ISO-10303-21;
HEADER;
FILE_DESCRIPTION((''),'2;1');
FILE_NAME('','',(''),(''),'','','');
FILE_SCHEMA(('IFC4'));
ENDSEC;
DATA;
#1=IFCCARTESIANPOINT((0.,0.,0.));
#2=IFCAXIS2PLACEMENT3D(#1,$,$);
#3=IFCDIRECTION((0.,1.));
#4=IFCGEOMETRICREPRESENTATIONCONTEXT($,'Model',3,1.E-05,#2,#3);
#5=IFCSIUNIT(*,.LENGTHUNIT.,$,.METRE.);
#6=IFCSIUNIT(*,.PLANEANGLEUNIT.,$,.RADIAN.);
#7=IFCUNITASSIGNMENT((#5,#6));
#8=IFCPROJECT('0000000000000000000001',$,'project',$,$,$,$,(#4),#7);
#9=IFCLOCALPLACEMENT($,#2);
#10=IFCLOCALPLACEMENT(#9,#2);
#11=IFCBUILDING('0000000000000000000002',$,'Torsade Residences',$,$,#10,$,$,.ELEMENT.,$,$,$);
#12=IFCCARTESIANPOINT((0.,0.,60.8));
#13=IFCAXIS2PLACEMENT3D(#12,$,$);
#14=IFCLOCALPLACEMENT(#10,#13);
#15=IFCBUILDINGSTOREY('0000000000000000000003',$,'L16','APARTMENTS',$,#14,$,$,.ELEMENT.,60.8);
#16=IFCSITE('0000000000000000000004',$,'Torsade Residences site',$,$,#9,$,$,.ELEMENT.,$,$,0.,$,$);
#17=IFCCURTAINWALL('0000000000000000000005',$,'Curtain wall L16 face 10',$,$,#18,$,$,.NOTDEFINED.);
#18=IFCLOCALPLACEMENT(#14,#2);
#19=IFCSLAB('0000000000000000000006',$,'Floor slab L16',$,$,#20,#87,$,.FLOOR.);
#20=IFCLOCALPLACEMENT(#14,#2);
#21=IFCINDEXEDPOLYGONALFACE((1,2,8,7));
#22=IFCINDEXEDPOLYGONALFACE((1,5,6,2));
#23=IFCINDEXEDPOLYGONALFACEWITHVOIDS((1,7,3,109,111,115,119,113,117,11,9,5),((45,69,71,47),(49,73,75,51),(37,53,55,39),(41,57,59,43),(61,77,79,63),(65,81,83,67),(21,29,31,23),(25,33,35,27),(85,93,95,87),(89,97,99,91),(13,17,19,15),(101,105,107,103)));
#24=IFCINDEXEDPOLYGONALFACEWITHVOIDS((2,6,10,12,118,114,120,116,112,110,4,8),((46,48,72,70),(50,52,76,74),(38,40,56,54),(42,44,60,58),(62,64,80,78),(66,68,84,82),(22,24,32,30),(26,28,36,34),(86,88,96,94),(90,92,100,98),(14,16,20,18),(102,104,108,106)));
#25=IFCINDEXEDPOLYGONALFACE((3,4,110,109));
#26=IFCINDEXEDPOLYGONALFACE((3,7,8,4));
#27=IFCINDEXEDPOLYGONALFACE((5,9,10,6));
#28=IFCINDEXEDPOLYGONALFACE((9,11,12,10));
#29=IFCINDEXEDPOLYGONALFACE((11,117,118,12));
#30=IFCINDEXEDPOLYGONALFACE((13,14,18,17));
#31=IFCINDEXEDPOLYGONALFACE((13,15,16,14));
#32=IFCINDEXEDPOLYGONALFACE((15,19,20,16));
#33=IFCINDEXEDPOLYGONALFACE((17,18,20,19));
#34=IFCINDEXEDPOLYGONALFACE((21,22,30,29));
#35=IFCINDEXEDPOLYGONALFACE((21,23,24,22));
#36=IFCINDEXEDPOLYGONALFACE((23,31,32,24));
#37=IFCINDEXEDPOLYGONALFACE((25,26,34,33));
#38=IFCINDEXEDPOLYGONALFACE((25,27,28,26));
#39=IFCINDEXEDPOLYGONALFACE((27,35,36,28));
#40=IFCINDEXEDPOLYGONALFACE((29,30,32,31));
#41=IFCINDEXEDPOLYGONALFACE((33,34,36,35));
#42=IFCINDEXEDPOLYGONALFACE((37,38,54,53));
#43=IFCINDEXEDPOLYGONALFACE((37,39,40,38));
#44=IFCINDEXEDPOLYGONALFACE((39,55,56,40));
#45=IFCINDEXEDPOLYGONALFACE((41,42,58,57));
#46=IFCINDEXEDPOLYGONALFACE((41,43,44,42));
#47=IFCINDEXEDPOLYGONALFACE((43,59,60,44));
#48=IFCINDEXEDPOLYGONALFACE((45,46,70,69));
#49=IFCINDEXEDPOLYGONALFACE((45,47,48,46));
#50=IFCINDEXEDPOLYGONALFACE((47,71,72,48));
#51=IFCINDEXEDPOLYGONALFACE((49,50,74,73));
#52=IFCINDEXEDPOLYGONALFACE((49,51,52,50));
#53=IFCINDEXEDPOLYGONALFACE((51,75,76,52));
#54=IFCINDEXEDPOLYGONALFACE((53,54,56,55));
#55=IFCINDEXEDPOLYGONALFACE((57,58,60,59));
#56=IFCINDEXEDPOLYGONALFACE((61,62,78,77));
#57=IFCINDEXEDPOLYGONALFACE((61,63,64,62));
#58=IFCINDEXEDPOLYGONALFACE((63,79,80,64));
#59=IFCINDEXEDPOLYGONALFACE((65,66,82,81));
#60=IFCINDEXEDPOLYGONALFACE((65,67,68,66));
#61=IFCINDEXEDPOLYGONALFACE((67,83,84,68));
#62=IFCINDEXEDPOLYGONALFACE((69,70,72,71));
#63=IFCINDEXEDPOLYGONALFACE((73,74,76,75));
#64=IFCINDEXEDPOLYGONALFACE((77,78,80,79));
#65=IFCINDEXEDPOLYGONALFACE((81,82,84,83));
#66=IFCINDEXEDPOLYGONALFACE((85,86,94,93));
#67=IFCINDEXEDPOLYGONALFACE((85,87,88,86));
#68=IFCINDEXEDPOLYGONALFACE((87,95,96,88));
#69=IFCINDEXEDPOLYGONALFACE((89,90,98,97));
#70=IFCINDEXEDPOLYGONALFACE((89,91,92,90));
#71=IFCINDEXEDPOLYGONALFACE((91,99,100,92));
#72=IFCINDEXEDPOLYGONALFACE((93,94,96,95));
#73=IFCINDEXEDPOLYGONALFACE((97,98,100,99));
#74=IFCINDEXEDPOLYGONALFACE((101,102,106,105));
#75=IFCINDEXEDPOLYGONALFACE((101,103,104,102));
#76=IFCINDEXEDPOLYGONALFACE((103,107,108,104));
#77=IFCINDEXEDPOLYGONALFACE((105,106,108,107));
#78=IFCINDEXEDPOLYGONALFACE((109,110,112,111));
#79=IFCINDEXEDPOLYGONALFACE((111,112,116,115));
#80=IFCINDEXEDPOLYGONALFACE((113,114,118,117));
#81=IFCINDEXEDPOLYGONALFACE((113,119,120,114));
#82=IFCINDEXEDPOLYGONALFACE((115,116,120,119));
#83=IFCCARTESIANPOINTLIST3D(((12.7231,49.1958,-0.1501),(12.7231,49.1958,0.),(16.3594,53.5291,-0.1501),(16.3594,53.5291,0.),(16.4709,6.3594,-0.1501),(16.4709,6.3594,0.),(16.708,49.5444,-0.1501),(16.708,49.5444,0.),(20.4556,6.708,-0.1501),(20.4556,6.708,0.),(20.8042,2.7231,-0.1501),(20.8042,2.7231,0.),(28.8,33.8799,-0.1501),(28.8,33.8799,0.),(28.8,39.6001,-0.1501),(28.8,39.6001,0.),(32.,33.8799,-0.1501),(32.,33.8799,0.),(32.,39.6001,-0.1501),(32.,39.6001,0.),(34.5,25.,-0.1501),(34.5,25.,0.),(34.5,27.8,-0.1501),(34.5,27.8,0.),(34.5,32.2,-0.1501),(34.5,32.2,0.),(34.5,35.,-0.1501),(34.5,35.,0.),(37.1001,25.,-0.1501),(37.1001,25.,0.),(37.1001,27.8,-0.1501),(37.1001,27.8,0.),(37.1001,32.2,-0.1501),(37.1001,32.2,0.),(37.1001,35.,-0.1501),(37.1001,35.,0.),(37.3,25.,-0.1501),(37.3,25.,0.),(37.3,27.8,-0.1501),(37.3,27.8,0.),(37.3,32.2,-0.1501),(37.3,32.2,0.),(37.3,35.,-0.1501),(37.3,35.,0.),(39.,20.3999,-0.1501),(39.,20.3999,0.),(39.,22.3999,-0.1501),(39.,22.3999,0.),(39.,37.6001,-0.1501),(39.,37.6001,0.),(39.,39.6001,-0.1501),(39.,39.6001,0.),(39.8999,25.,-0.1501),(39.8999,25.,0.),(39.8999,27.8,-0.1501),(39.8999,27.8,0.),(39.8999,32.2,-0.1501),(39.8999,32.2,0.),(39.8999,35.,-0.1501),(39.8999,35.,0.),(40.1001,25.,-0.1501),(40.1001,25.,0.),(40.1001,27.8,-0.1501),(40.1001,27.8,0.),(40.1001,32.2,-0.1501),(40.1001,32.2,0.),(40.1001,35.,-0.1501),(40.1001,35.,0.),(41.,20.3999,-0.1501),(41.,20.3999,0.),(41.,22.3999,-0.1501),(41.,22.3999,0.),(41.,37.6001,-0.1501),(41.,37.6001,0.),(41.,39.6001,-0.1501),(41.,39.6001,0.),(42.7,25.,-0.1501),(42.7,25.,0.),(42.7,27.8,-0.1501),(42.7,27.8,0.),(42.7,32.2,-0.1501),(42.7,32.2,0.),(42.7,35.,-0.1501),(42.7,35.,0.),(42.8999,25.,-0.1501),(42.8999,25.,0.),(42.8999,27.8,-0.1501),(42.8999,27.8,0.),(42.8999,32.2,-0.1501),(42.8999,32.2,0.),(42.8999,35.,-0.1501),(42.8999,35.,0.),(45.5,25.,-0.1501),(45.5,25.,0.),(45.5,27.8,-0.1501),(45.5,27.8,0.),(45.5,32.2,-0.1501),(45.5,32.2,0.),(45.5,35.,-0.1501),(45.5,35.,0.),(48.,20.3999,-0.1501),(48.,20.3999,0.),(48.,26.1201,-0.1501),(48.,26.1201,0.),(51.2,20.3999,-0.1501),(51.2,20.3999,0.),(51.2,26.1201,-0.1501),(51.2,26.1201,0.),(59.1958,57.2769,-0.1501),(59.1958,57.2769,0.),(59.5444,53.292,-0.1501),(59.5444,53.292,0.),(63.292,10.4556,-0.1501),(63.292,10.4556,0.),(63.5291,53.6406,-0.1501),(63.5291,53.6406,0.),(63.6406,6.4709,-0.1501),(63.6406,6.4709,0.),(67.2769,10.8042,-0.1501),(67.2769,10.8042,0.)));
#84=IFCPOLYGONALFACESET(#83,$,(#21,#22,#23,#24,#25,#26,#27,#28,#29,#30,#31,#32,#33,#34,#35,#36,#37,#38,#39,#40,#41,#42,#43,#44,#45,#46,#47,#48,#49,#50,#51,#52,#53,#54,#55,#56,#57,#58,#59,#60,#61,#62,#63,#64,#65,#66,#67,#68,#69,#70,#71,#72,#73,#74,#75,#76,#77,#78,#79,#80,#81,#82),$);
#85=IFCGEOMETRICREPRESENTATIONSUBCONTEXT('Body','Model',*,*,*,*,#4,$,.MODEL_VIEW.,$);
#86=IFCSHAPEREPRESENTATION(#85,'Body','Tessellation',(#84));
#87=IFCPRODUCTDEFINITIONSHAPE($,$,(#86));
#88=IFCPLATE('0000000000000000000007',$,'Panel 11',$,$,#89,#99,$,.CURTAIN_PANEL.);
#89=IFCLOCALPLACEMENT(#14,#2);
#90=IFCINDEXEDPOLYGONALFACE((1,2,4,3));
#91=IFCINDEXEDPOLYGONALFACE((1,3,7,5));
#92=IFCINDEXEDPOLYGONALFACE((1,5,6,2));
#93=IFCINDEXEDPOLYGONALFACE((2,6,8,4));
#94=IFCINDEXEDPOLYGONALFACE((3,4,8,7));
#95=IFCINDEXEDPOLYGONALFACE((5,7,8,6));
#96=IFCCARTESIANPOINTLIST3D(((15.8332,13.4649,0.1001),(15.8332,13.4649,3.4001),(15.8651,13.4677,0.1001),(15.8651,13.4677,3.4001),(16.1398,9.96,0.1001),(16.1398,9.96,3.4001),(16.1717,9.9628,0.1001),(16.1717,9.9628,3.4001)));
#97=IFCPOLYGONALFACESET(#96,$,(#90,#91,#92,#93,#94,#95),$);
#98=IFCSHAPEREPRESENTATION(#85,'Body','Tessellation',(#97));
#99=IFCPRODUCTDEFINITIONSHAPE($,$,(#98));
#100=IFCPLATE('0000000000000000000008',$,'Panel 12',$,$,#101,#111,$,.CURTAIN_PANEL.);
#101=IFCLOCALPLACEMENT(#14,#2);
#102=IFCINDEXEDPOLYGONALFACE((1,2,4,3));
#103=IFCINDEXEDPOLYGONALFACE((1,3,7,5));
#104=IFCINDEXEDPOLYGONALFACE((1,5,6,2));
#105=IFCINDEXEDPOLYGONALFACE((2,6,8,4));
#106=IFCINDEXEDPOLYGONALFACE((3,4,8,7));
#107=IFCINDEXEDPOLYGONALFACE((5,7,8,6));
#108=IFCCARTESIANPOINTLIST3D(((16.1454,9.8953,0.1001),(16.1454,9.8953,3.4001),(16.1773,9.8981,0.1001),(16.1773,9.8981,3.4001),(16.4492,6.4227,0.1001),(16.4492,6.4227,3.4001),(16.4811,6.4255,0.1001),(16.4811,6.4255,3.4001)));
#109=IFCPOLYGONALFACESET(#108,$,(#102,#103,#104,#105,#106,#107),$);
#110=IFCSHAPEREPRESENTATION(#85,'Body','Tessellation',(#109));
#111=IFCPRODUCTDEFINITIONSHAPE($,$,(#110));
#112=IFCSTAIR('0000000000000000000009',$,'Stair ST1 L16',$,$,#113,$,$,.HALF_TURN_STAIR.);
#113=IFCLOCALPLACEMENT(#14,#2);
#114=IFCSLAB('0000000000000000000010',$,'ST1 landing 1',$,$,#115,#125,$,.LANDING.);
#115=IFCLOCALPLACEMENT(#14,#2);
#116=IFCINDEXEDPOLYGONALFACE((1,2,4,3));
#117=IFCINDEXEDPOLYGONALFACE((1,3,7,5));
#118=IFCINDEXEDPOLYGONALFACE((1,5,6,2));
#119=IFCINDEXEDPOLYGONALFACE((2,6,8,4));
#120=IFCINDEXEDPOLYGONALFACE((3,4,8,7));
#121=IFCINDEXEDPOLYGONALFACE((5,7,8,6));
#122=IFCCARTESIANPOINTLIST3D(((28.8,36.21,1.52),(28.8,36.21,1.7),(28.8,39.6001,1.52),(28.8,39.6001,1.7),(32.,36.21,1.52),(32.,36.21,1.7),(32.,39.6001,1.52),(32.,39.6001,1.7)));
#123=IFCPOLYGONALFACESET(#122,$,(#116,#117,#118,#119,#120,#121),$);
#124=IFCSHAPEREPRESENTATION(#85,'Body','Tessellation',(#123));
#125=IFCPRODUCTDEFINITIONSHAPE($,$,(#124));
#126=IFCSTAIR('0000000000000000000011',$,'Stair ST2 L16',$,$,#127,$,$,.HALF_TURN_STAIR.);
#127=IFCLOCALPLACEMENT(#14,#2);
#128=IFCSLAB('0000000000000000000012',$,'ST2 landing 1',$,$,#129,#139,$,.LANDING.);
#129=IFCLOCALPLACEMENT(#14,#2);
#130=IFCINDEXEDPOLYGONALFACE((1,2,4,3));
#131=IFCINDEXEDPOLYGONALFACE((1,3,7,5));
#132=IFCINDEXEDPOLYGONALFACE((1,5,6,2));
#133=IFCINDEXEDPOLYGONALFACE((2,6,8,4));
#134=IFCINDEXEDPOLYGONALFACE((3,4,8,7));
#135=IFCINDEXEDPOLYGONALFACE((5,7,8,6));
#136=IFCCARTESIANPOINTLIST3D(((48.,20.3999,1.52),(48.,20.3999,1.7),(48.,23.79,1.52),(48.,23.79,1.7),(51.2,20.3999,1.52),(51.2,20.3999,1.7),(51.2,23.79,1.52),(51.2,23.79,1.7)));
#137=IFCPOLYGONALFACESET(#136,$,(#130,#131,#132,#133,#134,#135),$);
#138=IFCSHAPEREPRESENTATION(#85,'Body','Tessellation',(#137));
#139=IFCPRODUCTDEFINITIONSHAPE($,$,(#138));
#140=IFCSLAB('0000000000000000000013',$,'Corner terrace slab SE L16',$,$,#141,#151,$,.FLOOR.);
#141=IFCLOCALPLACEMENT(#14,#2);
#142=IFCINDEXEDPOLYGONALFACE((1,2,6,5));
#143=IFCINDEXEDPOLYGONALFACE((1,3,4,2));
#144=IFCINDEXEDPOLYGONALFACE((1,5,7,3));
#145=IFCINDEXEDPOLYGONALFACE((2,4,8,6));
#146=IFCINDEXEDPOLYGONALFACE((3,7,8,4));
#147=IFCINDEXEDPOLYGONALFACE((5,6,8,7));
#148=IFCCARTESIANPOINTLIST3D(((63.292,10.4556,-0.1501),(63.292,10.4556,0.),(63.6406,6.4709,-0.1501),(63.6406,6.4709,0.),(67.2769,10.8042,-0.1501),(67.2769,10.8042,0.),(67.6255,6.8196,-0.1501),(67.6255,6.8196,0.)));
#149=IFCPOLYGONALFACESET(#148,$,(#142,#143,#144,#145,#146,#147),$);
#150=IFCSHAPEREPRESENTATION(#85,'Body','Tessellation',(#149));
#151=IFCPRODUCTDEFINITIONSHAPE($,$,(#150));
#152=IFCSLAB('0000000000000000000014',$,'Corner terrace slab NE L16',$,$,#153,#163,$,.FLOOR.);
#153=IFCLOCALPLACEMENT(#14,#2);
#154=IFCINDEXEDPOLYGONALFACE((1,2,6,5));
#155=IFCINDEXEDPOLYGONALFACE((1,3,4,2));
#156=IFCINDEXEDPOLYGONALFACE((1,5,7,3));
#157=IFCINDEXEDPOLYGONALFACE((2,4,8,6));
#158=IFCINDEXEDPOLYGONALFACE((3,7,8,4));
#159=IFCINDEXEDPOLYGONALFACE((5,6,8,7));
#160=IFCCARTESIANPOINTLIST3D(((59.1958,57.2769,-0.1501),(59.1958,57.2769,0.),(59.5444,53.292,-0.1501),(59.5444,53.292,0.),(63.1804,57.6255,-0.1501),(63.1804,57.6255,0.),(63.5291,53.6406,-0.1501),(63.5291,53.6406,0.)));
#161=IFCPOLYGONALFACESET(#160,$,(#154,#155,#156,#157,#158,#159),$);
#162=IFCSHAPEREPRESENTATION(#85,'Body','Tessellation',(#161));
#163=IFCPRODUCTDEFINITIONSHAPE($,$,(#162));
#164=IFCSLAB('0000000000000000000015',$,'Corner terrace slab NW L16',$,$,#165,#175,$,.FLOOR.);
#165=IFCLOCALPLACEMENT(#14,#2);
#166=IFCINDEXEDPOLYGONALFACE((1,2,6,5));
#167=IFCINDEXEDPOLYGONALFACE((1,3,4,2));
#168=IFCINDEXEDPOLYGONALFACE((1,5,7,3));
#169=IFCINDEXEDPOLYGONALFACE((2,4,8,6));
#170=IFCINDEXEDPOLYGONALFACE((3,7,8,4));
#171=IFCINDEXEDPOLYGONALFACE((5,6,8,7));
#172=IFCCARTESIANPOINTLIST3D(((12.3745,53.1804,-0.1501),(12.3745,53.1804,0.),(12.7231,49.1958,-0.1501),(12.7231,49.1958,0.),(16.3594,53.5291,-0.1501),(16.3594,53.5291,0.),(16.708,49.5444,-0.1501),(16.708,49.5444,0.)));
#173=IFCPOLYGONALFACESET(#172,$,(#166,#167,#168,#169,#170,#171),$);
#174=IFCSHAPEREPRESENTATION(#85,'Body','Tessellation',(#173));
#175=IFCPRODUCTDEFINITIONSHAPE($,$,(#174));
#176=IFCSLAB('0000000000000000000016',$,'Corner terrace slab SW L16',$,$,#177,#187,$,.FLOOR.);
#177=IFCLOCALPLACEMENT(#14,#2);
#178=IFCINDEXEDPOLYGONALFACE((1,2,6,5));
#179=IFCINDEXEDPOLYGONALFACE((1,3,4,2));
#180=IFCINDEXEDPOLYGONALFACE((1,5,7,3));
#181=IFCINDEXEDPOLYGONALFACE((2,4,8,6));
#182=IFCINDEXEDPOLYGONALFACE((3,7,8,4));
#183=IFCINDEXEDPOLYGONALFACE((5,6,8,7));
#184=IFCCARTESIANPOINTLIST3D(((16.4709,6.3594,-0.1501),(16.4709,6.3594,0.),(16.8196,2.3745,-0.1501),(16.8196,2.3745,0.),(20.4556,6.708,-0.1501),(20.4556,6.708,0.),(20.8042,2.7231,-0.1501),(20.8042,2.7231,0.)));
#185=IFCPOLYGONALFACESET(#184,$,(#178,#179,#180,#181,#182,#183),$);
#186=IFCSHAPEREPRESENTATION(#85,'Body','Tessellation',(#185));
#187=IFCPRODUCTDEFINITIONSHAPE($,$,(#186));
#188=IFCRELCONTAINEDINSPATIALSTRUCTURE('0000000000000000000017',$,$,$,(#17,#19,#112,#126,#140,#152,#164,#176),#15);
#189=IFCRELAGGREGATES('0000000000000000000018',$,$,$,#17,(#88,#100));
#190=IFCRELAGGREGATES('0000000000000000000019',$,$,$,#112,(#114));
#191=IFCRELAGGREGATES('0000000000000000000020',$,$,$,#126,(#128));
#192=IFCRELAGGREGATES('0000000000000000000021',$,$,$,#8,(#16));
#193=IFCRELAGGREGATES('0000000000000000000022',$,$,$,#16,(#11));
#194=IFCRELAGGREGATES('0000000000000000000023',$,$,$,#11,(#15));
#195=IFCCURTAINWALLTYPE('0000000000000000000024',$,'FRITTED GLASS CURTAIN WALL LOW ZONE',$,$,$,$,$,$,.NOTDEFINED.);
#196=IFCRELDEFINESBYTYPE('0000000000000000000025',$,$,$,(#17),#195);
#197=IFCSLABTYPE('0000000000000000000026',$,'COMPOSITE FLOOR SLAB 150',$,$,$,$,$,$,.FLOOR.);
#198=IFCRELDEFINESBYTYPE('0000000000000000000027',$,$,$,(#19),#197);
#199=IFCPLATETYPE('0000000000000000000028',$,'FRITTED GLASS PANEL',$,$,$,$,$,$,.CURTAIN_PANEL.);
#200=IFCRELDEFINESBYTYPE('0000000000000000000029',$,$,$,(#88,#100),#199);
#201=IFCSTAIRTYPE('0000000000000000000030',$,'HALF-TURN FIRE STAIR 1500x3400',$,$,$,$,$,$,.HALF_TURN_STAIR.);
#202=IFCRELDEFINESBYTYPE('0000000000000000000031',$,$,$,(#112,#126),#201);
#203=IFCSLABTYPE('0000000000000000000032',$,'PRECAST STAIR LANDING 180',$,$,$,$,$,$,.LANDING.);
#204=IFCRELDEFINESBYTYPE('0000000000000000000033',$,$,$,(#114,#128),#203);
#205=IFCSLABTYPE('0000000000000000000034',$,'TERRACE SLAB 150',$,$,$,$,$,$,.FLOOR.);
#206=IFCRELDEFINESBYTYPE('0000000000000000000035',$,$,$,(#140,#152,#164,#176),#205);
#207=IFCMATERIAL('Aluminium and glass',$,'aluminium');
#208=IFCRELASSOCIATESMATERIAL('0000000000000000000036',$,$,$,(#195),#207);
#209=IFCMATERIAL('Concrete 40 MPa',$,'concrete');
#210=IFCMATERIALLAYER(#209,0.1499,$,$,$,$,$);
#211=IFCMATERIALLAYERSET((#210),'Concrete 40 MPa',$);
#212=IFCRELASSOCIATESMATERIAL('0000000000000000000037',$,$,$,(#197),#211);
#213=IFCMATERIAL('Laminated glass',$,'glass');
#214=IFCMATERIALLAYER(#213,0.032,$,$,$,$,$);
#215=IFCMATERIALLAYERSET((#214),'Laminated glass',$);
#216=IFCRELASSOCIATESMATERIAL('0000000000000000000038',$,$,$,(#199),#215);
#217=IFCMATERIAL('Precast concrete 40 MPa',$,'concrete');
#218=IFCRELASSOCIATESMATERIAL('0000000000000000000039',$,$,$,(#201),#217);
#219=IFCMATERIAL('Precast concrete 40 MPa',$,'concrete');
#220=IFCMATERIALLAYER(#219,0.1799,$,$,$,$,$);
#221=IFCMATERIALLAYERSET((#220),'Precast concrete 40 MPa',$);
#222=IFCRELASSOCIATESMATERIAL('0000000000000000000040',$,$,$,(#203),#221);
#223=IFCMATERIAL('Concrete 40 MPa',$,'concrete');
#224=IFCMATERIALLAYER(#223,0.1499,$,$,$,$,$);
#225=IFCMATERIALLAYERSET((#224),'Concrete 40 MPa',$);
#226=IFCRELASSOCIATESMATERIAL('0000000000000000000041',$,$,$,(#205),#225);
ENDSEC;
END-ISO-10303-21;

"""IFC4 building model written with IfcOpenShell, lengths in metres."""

from ifc_helpers import new_model, si_unit, direction, frame, origin, origin_2d, place, context, subcontext, project, spatial, polyline, rectangle, outline, extrude, material, layer, layer_set, type_object, element, aggregate, save


model = new_model("IFC4")

# Units and contexts
model_context = context("Model", 3, precision=1e-05, world=origin(), true_north=direction((0.0, 1.0)))
body_context = subcontext(model_context, "Body", "Model", "MODEL_VIEW")
ifc_project = project(units=[si_unit("LENGTHUNIT", "METRE"), si_unit("PLANEANGLEUNIT", "RADIAN")], contexts=[model_context])

# Site, building, storey
site_placement = place(None, origin())
site = spatial("IfcSite", under=ifc_project, at=site_placement, Name="Torsade Residences site", CompositionType="ELEMENT", RefElevation=0.0)
building_placement = place(site_placement, origin())
building = spatial("IfcBuilding", under=site, at=building_placement, Name="Torsade Residences", CompositionType="ELEMENT")
storey_placement = place(building_placement, frame((0.0, 0.0, 60.8)))
storey = spatial("IfcBuildingStorey", under=building, at=storey_placement, Name="L16", Description="APARTMENTS", CompositionType="ELEMENT", Elevation=60.8)

# Shared definitions
ifc_material_1 = material(Name="Aluminium and glass", Category="aluminium")
curtain_wall_type = type_object("IfcCurtainWallType", Name="FRITTED GLASS CURTAIN WALL LOW ZONE", PredefinedType="NOTDEFINED", material=ifc_material_1)

# Curtain wall
curtain_wall_1_placement = place(storey_placement, origin())
curtain_wall_1 = element("IfcCurtainWall", 1, at=curtain_wall_1_placement, inside=storey, type_object=curtain_wall_type, Name="Curtain wall L16 face 10", PredefinedType="NOTDEFINED")

# Slab
ifc_material_2 = material(Name="Concrete 40 MPa", Category="concrete")
ifc_layer_1 = layer(ifc_material_2, 0.1499)
ifc_layer_set_1 = layer_set([ifc_layer_1], Name="Concrete 40 MPa")
slab_type_1 = type_object("IfcSlabType", Name="COMPOSITE FLOOR SLAB 150", PredefinedType="FLOOR", material=ifc_layer_set_1)
slab_1_placement = place(storey_placement, frame((0.0, 0.0, -0.1501)))
element("IfcSlab", 2, at=slab_1_placement, inside=storey, type_object=slab_type_1, Name="Floor slab L16", PredefinedType="FLOOR", context=body_context, shape_type="SweptSolid", body=[
    extrude(outline(polyline([(20.8042, 2.7231), (63.6406, 6.4709), (63.292, 10.4556), (67.2769, 10.8042), (63.5291, 53.6406), (59.5444, 53.292), (59.1958, 57.2769), (16.3594, 53.5291), (16.708, 49.5444), (12.7231, 49.1958), (16.4709, 6.3594), (20.4556, 6.708), (20.8042, 2.7231)]), holes=[polyline([(51.2, 20.3999), (51.2, 26.1201), (48.0, 26.1201), (48.0, 20.3999), (51.2, 20.3999)]), polyline([(45.5, 27.8), (42.8999, 27.8), (42.8999, 25.0), (45.5, 25.0), (45.5, 27.8)]), polyline([(45.5, 32.2), (45.5, 35.0), (42.8999, 35.0), (42.8999, 32.2), (45.5, 32.2)]), polyline([(42.7, 25.0), (42.7, 27.8), (40.1001, 27.8), (40.1001, 25.0), (42.7, 25.0)]), polyline([(42.7, 32.2), (42.7, 35.0), (40.1001, 35.0), (40.1001, 32.2), (42.7, 32.2)]), polyline([(41.0, 22.3999), (39.0, 22.3999), (39.0, 20.3999), (41.0, 20.3999), (41.0, 22.3999)]), polyline([(41.0, 37.6001), (41.0, 39.6001), (39.0, 39.6001), (39.0, 37.6001), (41.0, 37.6001)]), polyline([(39.8999, 25.0), (39.8999, 27.8), (37.3, 27.8), (37.3, 25.0), (39.8999, 25.0)]), polyline([(39.8999, 35.0), (37.3, 35.0), (37.3, 32.2), (39.8999, 32.2), (39.8999, 35.0)]), polyline([(37.1001, 27.8), (34.5, 27.8), (34.5, 25.0), (37.1001, 25.0), (37.1001, 27.8)]), polyline([(37.1001, 32.2), (37.1001, 35.0), (34.5, 35.0), (34.5, 32.2), (37.1001, 32.2)]), polyline([(32.0, 33.8799), (32.0, 39.6001), (28.8, 39.6001), (28.8, 33.8799), (32.0, 33.8799)])]), origin(), (0.0, 0.0, 1.0), 0.1501),
])

# Plates
ifc_material_3 = material(Name="Laminated glass", Category="glass")
ifc_layer_2 = layer(ifc_material_3, 0.032)
ifc_layer_set_2 = layer_set([ifc_layer_2], Name="Laminated glass")
plate_type = type_object("IfcPlateType", Name="FRITTED GLASS PANEL", PredefinedType="CURTAIN_PANEL", material=ifc_layer_set_2)
plate_1_placement = place(storey_placement, frame((16.0024, 11.7139, 0.1001), z_axis=(0.0, 0.0, 1.0), x_axis=(0.087156, -0.996195, 0.0)))
plate_1 = element("IfcPlate", 3, at=plate_1_placement, type_object=plate_type, Name="Panel 11", PredefinedType="CURTAIN_PANEL", context=body_context, shape_type="SweptSolid", body=[
    extrude(rectangle(XDim=3.5183, YDim=0.032, at=origin_2d()), origin(), (0.0, 0.0, 1.0), 3.3),
])
plate_2_placement = place(storey_placement, frame((16.3132, 8.1604, 0.1001), z_axis=(0.0, 0.0, 1.0), x_axis=(0.087156, -0.996195, 0.0)))
plate_2 = element("IfcPlate", 4, at=plate_2_placement, type_object=plate_type, Name="Panel 12", PredefinedType="CURTAIN_PANEL", context=body_context, shape_type="SweptSolid", body=[
    extrude(rectangle(XDim=3.4858, YDim=0.032, at=origin_2d()), origin(), (0.0, 0.0, 1.0), 3.3),
])
aggregate(curtain_wall_1, [plate_1, plate_2])

# Stairs, slabs
ifc_material_4 = material(Name="Precast concrete 40 MPa", Category="concrete")
stair_type = type_object("IfcStairType", Name="HALF-TURN FIRE STAIR 1500x3400", PredefinedType="HALF_TURN_STAIR", material=ifc_material_4)
stair_1_placement = place(storey_placement, origin())
stair_1 = element("IfcStair", 5, at=stair_1_placement, inside=storey, type_object=stair_type, Name="Stair ST1 L16", PredefinedType="HALF_TURN_STAIR")
ifc_material_5 = material(Name="Precast concrete 40 MPa", Category="concrete")
ifc_layer_3 = layer(ifc_material_5, 0.1799)
ifc_layer_set_3 = layer_set([ifc_layer_3], Name="Precast concrete 40 MPa")
slab_type_2 = type_object("IfcSlabType", Name="PRECAST STAIR LANDING 180", PredefinedType="LANDING", material=ifc_layer_set_3)
slab_2_placement = place(storey_placement, frame((0.0, 0.0, 1.52)))
slab_2 = element("IfcSlab", 6, at=slab_2_placement, type_object=slab_type_2, Name="ST1 landing 1", PredefinedType="LANDING", context=body_context, shape_type="SweptSolid", body=[
    extrude(outline(polyline([(28.8, 36.21), (32.0, 36.21), (32.0, 39.6001), (28.8, 39.6001), (28.8, 36.21)])), origin(), (0.0, 0.0, 1.0), 0.1799),
])
aggregate(stair_1, [slab_2])
stair_2_placement = place(storey_placement, origin())
stair_2 = element("IfcStair", 7, at=stair_2_placement, inside=storey, type_object=stair_type, Name="Stair ST2 L16", PredefinedType="HALF_TURN_STAIR")
slab_3_placement = place(storey_placement, frame((0.0, 0.0, 1.52)))
slab_3 = element("IfcSlab", 8, at=slab_3_placement, type_object=slab_type_2, Name="ST2 landing 1", PredefinedType="LANDING", context=body_context, shape_type="SweptSolid", body=[
    extrude(outline(polyline([(48.0, 20.3999), (51.2, 20.3999), (51.2, 23.79), (48.0, 23.79), (48.0, 20.3999)])), origin(), (0.0, 0.0, 1.0), 0.1799),
])
aggregate(stair_2, [slab_3])

# Slabs
ifc_material_6 = material(Name="Concrete 40 MPa", Category="concrete")
ifc_layer_4 = layer(ifc_material_6, 0.1499)
ifc_layer_set_4 = layer_set([ifc_layer_4], Name="Concrete 40 MPa")
slab_type_3 = type_object("IfcSlabType", Name="TERRACE SLAB 150", PredefinedType="FLOOR", material=ifc_layer_set_4)
slab_4_placement = place(storey_placement, frame((0.0, 0.0, -0.1501)))
element("IfcSlab", 9, at=slab_4_placement, inside=storey, type_object=slab_type_3, Name="Corner terrace slab SE L16", PredefinedType="FLOOR", context=body_context, shape_type="SweptSolid", body=[
    extrude(outline(polyline([(63.6406, 6.4709), (67.6255, 6.8196), (67.2769, 10.8042), (63.292, 10.4556), (63.6406, 6.4709)])), origin(), (0.0, 0.0, 1.0), 0.1501),
])
slab_5_placement = place(storey_placement, frame((0.0, 0.0, -0.1501)))
element("IfcSlab", 10, at=slab_5_placement, inside=storey, type_object=slab_type_3, Name="Corner terrace slab NE L16", PredefinedType="FLOOR", context=body_context, shape_type="SweptSolid", body=[
    extrude(outline(polyline([(59.5444, 53.292), (63.5291, 53.6406), (63.1804, 57.6255), (59.1958, 57.2769), (59.5444, 53.292)])), origin(), (0.0, 0.0, 1.0), 0.1501),
])
slab_6_placement = place(storey_placement, frame((0.0, 0.0, -0.1501)))
element("IfcSlab", 11, at=slab_6_placement, inside=storey, type_object=slab_type_3, Name="Corner terrace slab NW L16", PredefinedType="FLOOR", context=body_context, shape_type="SweptSolid", body=[
    extrude(outline(polyline([(12.7231, 49.1958), (16.708, 49.5444), (16.3594, 53.5291), (12.3745, 53.1804), (12.7231, 49.1958)])), origin(), (0.0, 0.0, 1.0), 0.1501),
])
slab_7_placement = place(storey_placement, frame((0.0, 0.0, -0.1501)))
element("IfcSlab", 12, at=slab_7_placement, inside=storey, type_object=slab_type_3, Name="Corner terrace slab SW L16", PredefinedType="FLOOR", context=body_context, shape_type="SweptSolid", body=[
    extrude(outline(polyline([(16.8196, 2.3745), (20.8042, 2.7231), (20.4556, 6.708), (16.4709, 6.3594), (16.8196, 2.3745)])), origin(), (0.0, 0.0, 1.0), 0.1501),
])

save(model, "model.ifc")
